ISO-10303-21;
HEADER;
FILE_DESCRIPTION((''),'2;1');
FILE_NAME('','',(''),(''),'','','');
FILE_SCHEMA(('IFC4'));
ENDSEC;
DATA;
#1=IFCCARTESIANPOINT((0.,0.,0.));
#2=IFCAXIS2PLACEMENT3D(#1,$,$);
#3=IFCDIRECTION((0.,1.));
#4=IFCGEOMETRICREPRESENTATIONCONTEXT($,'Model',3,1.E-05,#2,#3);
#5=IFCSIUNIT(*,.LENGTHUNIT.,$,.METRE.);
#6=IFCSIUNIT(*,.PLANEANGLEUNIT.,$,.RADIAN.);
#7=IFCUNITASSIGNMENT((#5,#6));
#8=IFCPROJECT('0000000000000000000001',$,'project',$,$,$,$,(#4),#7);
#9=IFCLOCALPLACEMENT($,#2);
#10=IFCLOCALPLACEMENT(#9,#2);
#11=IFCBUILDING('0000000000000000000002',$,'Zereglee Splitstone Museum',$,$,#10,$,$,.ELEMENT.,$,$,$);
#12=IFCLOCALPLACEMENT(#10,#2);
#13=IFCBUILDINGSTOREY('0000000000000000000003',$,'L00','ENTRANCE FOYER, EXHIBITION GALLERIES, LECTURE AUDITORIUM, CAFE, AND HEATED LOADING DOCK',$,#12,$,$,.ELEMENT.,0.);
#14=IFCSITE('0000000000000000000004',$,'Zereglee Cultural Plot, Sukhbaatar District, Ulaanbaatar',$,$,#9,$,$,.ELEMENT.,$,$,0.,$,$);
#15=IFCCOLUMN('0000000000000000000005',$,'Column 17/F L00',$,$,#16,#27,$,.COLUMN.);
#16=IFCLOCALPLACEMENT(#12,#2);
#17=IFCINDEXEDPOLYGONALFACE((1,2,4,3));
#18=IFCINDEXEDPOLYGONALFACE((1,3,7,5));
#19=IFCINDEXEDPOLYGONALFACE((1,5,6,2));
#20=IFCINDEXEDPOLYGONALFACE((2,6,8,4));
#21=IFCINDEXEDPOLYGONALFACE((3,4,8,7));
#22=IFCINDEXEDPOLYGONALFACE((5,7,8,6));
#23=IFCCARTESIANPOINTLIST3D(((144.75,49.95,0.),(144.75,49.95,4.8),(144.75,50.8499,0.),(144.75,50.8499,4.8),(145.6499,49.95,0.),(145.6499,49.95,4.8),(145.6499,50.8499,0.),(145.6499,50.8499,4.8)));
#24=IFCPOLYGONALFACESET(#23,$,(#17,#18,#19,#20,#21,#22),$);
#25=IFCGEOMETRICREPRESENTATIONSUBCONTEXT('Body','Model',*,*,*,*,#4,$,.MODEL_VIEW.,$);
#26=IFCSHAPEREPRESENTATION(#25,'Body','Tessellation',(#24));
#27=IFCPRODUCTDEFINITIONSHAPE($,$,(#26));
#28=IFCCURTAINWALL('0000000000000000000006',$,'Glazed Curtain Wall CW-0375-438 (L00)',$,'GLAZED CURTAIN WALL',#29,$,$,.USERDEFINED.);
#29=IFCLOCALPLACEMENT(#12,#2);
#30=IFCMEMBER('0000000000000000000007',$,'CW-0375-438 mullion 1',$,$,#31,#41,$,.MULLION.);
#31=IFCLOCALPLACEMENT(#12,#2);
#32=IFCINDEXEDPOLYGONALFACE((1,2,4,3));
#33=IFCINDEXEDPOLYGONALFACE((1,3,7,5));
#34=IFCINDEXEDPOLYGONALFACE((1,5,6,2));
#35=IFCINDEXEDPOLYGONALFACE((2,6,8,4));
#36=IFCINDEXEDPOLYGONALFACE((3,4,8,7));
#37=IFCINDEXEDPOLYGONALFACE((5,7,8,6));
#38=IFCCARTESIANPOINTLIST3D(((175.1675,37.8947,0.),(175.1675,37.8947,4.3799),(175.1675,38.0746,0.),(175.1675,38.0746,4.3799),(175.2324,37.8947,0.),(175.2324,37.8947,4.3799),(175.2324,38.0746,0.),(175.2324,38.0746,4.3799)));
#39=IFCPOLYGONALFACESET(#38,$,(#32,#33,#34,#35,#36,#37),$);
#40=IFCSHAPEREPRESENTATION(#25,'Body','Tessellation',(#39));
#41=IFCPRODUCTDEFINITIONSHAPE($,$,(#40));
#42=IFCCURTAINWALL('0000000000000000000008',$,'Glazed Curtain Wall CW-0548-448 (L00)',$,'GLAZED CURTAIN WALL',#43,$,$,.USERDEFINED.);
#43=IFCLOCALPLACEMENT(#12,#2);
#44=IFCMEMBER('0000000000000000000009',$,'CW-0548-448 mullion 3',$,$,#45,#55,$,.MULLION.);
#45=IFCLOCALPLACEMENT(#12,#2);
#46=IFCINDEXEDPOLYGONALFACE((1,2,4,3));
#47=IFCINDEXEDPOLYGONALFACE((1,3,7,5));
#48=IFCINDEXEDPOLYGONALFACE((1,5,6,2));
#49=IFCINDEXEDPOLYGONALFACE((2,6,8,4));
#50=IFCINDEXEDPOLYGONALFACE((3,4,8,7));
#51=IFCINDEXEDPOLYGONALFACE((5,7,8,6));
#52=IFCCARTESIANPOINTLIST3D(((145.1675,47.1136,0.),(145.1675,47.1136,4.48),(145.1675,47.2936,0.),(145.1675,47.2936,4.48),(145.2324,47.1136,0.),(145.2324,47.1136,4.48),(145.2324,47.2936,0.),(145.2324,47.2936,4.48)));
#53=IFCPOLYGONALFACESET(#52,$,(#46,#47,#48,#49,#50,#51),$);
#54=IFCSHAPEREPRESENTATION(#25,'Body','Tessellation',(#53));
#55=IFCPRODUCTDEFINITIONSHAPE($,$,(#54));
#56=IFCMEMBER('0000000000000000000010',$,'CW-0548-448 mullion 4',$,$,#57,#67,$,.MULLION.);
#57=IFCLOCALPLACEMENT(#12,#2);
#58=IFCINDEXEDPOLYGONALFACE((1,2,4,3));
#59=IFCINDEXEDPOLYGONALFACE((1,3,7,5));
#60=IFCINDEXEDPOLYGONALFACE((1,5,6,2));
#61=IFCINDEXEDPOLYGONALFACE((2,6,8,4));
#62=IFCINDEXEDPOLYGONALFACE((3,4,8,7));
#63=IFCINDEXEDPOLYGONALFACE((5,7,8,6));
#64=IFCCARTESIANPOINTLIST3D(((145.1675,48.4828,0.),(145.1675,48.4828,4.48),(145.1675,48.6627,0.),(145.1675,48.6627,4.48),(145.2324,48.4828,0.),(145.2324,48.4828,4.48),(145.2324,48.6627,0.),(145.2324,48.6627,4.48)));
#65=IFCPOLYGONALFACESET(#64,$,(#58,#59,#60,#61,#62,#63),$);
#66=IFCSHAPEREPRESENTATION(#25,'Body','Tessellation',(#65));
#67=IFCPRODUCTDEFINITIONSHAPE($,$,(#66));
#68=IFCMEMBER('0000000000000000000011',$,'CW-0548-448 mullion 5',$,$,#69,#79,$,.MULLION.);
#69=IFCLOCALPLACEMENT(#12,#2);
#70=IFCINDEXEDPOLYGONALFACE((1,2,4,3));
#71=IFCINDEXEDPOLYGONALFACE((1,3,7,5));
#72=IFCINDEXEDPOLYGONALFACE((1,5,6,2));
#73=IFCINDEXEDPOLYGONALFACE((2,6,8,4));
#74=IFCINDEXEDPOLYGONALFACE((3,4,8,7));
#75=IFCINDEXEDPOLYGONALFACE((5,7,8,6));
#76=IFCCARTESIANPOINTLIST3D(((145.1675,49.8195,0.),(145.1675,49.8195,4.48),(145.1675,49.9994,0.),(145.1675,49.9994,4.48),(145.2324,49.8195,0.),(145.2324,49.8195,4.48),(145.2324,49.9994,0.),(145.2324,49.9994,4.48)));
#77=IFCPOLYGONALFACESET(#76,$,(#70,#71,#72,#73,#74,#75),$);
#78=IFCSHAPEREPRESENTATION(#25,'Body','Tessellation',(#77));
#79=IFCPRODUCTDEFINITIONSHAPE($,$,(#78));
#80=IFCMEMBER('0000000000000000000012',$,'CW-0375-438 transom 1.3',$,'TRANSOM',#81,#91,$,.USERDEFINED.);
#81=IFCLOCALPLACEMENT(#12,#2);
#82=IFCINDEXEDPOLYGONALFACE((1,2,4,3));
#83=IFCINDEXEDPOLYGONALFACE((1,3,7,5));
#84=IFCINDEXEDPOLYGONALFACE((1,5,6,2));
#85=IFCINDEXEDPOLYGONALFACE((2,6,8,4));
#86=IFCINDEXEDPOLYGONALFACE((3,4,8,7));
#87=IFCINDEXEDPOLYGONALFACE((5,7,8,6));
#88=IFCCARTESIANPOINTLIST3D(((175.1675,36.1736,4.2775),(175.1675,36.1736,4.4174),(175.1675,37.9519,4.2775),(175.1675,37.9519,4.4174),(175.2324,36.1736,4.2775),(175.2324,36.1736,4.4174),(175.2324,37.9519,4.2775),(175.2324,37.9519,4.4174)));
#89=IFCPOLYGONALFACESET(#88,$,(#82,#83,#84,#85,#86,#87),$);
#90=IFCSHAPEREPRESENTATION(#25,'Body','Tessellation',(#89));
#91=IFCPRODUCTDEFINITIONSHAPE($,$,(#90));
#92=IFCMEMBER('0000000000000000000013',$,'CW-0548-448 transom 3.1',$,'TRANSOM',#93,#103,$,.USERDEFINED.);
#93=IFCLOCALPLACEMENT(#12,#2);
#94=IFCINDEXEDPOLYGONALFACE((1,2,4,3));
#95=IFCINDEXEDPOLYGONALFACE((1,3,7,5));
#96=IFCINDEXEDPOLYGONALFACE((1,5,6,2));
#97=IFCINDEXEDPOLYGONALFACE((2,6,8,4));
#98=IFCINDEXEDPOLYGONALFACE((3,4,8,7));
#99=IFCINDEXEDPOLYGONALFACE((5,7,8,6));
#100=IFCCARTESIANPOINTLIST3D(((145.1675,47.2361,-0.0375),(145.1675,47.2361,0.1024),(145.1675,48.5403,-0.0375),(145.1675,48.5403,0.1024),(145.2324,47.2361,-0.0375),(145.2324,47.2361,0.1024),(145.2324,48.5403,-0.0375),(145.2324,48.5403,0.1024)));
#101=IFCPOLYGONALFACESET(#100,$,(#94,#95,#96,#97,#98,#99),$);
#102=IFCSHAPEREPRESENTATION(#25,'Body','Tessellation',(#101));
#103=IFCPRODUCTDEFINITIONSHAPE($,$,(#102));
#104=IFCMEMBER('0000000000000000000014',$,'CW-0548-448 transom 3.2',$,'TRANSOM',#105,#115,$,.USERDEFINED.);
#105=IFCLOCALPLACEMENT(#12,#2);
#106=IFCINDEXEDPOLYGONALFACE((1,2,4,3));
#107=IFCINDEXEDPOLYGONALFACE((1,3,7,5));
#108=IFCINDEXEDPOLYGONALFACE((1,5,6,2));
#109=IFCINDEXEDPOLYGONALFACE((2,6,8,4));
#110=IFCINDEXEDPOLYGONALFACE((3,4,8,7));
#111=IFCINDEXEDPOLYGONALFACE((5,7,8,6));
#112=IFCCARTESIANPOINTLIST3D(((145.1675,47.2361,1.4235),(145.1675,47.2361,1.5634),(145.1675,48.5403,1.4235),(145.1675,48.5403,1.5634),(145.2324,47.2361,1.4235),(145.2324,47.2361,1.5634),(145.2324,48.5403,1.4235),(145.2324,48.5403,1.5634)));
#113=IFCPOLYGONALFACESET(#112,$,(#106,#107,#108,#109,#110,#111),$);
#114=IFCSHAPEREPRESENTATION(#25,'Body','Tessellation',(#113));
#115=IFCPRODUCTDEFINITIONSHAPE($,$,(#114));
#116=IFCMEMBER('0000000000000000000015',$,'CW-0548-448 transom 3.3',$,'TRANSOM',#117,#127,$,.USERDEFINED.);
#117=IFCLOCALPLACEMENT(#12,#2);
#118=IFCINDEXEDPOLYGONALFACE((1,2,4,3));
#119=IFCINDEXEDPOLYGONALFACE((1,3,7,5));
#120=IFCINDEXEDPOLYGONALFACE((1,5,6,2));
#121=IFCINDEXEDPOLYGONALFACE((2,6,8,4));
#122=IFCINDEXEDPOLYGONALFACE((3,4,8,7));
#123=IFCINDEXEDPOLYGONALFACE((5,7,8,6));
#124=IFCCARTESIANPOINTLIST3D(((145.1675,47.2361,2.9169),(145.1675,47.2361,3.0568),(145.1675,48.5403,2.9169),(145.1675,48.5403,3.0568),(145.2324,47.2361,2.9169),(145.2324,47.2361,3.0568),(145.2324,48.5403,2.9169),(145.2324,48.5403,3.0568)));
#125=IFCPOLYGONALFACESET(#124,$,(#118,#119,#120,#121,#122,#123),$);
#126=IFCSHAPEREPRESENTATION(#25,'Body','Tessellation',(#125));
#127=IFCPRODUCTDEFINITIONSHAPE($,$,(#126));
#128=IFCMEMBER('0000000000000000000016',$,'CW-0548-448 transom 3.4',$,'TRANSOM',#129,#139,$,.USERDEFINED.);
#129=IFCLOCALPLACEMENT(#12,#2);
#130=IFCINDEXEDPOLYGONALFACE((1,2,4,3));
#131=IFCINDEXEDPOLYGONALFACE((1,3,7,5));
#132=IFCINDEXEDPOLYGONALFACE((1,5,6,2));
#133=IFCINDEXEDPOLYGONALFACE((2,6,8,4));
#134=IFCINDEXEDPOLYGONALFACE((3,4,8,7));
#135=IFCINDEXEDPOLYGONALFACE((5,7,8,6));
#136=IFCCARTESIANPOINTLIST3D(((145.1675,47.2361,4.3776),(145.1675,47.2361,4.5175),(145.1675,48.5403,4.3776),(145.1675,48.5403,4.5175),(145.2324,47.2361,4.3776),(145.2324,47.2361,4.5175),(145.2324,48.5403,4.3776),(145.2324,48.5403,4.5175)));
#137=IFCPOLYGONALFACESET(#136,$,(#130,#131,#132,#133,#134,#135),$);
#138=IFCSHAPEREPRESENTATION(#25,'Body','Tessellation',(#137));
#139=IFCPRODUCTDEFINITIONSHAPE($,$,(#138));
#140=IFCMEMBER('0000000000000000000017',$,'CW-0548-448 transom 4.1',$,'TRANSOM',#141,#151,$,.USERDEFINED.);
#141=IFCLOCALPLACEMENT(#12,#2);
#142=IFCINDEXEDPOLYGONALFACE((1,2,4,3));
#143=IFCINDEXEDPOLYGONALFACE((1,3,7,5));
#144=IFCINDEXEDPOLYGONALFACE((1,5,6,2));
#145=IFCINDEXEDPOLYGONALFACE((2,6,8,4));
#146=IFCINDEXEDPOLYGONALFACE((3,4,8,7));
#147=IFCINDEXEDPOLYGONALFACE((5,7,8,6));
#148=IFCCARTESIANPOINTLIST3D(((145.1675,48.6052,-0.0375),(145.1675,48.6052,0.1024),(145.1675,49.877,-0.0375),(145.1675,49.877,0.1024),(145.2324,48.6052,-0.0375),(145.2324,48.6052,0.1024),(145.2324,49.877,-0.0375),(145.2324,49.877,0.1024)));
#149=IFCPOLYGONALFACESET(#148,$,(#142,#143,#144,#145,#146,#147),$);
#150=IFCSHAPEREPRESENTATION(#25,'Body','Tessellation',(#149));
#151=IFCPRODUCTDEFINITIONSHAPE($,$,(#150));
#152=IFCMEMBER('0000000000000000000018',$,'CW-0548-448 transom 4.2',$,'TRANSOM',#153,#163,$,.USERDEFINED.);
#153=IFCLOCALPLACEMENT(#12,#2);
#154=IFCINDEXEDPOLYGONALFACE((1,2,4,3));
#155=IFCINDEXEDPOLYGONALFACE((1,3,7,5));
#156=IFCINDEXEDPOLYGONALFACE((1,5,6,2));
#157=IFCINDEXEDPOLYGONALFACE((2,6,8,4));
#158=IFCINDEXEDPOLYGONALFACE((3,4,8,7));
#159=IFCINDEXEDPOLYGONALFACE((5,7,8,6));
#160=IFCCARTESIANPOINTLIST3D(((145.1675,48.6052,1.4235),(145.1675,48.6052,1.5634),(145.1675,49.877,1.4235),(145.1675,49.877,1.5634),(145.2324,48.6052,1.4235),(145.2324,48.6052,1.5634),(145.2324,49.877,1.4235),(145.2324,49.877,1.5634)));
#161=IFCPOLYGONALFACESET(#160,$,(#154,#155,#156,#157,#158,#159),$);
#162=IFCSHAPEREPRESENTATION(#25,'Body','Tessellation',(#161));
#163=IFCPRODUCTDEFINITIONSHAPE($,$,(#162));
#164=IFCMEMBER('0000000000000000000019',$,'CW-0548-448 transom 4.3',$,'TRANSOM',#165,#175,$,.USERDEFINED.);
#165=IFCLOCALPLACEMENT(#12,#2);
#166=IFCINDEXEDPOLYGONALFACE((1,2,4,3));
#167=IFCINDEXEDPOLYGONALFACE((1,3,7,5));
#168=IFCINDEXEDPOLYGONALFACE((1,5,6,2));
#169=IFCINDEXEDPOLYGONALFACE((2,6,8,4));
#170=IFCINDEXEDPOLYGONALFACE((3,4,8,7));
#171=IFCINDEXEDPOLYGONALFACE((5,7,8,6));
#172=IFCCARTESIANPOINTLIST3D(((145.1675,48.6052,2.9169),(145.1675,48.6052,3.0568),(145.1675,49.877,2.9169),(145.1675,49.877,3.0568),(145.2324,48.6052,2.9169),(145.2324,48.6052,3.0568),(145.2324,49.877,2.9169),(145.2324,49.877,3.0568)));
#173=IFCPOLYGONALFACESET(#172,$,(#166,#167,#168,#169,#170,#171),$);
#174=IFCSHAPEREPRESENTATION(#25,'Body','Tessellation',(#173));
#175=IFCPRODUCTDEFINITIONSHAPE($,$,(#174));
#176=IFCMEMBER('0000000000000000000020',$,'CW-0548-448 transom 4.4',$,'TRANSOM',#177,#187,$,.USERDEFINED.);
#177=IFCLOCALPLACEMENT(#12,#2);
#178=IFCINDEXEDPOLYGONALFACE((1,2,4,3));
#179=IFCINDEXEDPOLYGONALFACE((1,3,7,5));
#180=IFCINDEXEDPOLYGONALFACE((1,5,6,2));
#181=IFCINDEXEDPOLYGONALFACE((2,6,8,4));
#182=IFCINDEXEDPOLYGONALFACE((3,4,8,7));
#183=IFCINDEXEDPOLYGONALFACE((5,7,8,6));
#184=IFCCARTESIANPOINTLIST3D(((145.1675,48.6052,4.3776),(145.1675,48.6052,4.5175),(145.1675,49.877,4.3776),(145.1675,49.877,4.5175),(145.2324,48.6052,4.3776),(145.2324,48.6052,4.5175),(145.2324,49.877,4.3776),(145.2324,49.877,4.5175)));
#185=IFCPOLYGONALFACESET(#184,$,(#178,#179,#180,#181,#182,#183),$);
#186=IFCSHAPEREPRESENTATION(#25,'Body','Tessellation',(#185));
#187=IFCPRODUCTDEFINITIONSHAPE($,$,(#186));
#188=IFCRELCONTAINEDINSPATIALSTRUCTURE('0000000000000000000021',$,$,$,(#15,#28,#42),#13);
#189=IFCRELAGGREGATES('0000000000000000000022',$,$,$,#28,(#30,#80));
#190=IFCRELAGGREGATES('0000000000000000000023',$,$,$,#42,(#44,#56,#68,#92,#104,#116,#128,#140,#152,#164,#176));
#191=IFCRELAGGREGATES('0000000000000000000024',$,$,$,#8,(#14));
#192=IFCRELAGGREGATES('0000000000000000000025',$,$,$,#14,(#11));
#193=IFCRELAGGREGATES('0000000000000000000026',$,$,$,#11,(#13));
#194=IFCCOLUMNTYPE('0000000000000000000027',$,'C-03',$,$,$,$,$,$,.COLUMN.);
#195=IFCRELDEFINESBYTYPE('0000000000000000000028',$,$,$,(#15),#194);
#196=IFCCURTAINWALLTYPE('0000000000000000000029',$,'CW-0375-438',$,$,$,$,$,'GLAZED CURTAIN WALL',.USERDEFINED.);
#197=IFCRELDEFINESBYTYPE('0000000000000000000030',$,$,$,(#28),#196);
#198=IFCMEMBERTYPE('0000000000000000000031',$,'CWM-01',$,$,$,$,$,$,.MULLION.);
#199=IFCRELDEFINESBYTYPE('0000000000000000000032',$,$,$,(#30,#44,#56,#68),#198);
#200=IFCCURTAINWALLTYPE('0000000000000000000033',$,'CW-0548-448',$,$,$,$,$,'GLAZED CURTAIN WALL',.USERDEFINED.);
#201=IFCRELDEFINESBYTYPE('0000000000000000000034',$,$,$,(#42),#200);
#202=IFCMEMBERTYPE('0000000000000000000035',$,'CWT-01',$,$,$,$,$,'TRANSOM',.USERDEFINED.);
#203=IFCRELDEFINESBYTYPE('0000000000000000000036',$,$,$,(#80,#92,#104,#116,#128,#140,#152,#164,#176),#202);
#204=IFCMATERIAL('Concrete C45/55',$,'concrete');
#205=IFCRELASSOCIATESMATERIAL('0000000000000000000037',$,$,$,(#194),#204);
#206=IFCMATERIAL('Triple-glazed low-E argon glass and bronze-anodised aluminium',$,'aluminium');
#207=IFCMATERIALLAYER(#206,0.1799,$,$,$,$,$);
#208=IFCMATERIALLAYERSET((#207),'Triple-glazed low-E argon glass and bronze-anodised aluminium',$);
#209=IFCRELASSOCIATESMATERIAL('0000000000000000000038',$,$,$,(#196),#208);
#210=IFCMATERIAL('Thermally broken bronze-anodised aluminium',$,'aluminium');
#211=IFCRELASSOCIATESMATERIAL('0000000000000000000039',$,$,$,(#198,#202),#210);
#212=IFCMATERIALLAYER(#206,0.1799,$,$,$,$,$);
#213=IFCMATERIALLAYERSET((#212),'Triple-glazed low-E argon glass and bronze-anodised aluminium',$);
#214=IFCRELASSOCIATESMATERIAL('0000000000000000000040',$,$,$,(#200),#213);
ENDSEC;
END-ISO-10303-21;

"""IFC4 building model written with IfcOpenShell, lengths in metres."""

from ifc_helpers import new_model, si_unit, direction, frame, origin, origin_2d, place, context, subcontext, project, spatial, rectangle, extrude, material, layer, layer_set, material_profile, profile_set, type_object, element, aggregate, save


model = new_model("IFC4")

# Units and contexts
model_context = context("Model", 3, precision=1e-05, world=origin(), true_north=direction((0.0, 1.0)))
body_context = subcontext(model_context, "Body", "Model", "MODEL_VIEW")
ifc_project = project(units=[si_unit("LENGTHUNIT", "METRE"), si_unit("PLANEANGLEUNIT", "RADIAN")], contexts=[model_context])

# Site, building, storey
site_placement = place(None, origin())
site = spatial("IfcSite", under=ifc_project, at=site_placement, Name="Zereglee Cultural Plot, Sukhbaatar District, Ulaanbaatar", CompositionType="ELEMENT", RefElevation=0.0)
building_placement = place(site_placement, origin())
building = spatial("IfcBuilding", under=site, at=building_placement, Name="Zereglee Splitstone Museum", CompositionType="ELEMENT")
storey_placement = place(building_placement, origin())
storey = spatial("IfcBuildingStorey", under=building, at=storey_placement, Name="L00", Description="ENTRANCE FOYER, EXHIBITION GALLERIES, LECTURE AUDITORIUM, CAFE, AND HEATED LOADING DOCK", CompositionType="ELEMENT", Elevation=0.0)

# Column
ifc_material_1 = material(Name="Concrete C45/55", Category="concrete")
ifc_material_profile_1 = material_profile(ifc_material_1, rectangle(XDim=0.8999, YDim=0.8999, at=origin_2d()), Name="RC 900x900")
ifc_profile_set_1 = profile_set([ifc_material_profile_1], Name="Concrete C45/55")
column_type = type_object("IfcColumnType", Name="C-03", PredefinedType="COLUMN", material=ifc_profile_set_1)
column_placement = place(storey_placement, frame((145.2, 50.3999, 0.0), z_axis=(0.0, 0.0, 1.0), x_axis=(1.0, 0.0, 0.0)))
element("IfcColumn", 1, at=column_placement, inside=storey, type_object=column_type, Name="Column 17/F L00", PredefinedType="COLUMN", context=body_context, shape_type="SweptSolid", body=[
    extrude(rectangle(XDim=0.8999, YDim=0.8999, at=origin_2d()), origin(), (0.0, 0.0, 1.0), 4.8),
])

# Curtain wall, member
ifc_material_2 = material(Name="Triple-glazed low-E argon glass and bronze-anodised aluminium", Category="aluminium")
ifc_layer_1 = layer(ifc_material_2, 0.1799)
ifc_layer_set_1 = layer_set([ifc_layer_1], Name="Triple-glazed low-E argon glass and bronze-anodised aluminium")
curtain_wall_type_1 = type_object("IfcCurtainWallType", Name="CW-0375-438", ElementType="GLAZED CURTAIN WALL", PredefinedType="USERDEFINED", material=ifc_layer_set_1)
curtain_wall_1_placement = place(storey_placement, origin())
curtain_wall_1 = element("IfcCurtainWall", 2, at=curtain_wall_1_placement, inside=storey, type_object=curtain_wall_type_1, Name="Glazed Curtain Wall CW-0375-438 (L00)", ObjectType="GLAZED CURTAIN WALL", PredefinedType="USERDEFINED")
ifc_material_3 = material(Name="Thermally broken bronze-anodised aluminium", Category="aluminium")
ifc_material_profile_2 = material_profile(ifc_material_3, rectangle(XDim=0.0649, YDim=0.1799, at=origin_2d()), Name="CW MULL 65x180")
ifc_profile_set_2 = profile_set([ifc_material_profile_2], Name="Thermally broken bronze-anodised aluminium")
member_type_1 = type_object("IfcMemberType", Name="CWM-01", PredefinedType="MULLION", material=ifc_profile_set_2)
member_1_placement = place(storey_placement, frame((175.2, 37.9846, 0.0), z_axis=(0.0, 0.0, 1.0), x_axis=(1.0, 0.0, 0.0)))
member_1 = element("IfcMember", 3, at=member_1_placement, type_object=member_type_1, Name="CW-0375-438 mullion 1", PredefinedType="MULLION", context=body_context, shape_type="SweptSolid", body=[
    extrude(rectangle(XDim=0.0649, YDim=0.1799, at=origin_2d()), origin(), (0.0, 0.0, 1.0), 4.3799),
])

# Curtain wall, members
ifc_layer_2 = layer(ifc_material_2, 0.1799)
ifc_layer_set_2 = layer_set([ifc_layer_2], Name="Triple-glazed low-E argon glass and bronze-anodised aluminium")
curtain_wall_type_2 = type_object("IfcCurtainWallType", Name="CW-0548-448", ElementType="GLAZED CURTAIN WALL", PredefinedType="USERDEFINED", material=ifc_layer_set_2)
curtain_wall_2_placement = place(storey_placement, origin())
curtain_wall_2 = element("IfcCurtainWall", 4, at=curtain_wall_2_placement, inside=storey, type_object=curtain_wall_type_2, Name="Glazed Curtain Wall CW-0548-448 (L00)", ObjectType="GLAZED CURTAIN WALL", PredefinedType="USERDEFINED")
member_2_placement = place(storey_placement, frame((145.2, 47.2036, 0.0), z_axis=(0.0, 0.0, 1.0), x_axis=(-1.0, 0.0, 0.0)))
member_2 = element("IfcMember", 5, at=member_2_placement, type_object=member_type_1, Name="CW-0548-448 mullion 3", PredefinedType="MULLION", context=body_context, shape_type="SweptSolid", body=[
    extrude(rectangle(XDim=0.0649, YDim=0.1799, at=origin_2d()), origin(), (0.0, 0.0, 1.0), 4.48),
])
member_3_placement = place(storey_placement, frame((145.2, 48.5728, 0.0), z_axis=(0.0, 0.0, 1.0), x_axis=(-1.0, 0.0, 0.0)))
member_3 = element("IfcMember", 6, at=member_3_placement, type_object=member_type_1, Name="CW-0548-448 mullion 4", PredefinedType="MULLION", context=body_context, shape_type="SweptSolid", body=[
    extrude(rectangle(XDim=0.0649, YDim=0.1799, at=origin_2d()), origin(), (0.0, 0.0, 1.0), 4.48),
])
member_4_placement = place(storey_placement, frame((145.2, 49.9094, 0.0), z_axis=(0.0, 0.0, 1.0), x_axis=(-1.0, 0.0, 0.0)))
member_4 = element("IfcMember", 7, at=member_4_placement, type_object=member_type_1, Name="CW-0548-448 mullion 5", PredefinedType="MULLION", context=body_context, shape_type="SweptSolid", body=[
    extrude(rectangle(XDim=0.0649, YDim=0.1799, at=origin_2d()), origin(), (0.0, 0.0, 1.0), 4.48),
])

# Members
ifc_material_profile_3 = material_profile(ifc_material_3, rectangle(XDim=0.0649, YDim=0.1399, at=origin_2d()), Name="CW TRAN 65x140")
ifc_profile_set_3 = profile_set([ifc_material_profile_3], Name="Thermally broken bronze-anodised aluminium")
member_type_2 = type_object("IfcMemberType", Name="CWT-01", ElementType="TRANSOM", PredefinedType="USERDEFINED", material=ifc_profile_set_3)
member_5_placement = place(storey_placement, frame((175.2, 37.9519, 4.3474), z_axis=(0.0, -1.0, 0.0), x_axis=(1.0, 0.0, 0.0)))
member_5 = element("IfcMember", 8, at=member_5_placement, type_object=member_type_2, Name="CW-0375-438 transom 1.3", ObjectType="TRANSOM", PredefinedType="USERDEFINED", context=body_context, shape_type="SweptSolid", body=[
    extrude(rectangle(XDim=0.0649, YDim=0.1399, at=origin_2d()), origin(), (0.0, 0.0, 1.0), 1.7783),
])
aggregate(curtain_wall_1, [member_1, member_5])
member_6_placement = place(storey_placement, frame((145.2, 47.2361, 0.0325), z_axis=(0.0, 1.0, 0.0), x_axis=(-1.0, 0.0, 0.0)))
member_6 = element("IfcMember", 9, at=member_6_placement, type_object=member_type_2, Name="CW-0548-448 transom 3.1", ObjectType="TRANSOM", PredefinedType="USERDEFINED", context=body_context, shape_type="SweptSolid", body=[
    extrude(rectangle(XDim=0.0649, YDim=0.1399, at=origin_2d()), origin(), (0.0, 0.0, 1.0), 1.3042),
])
member_7_placement = place(storey_placement, frame((145.2, 47.2361, 1.4934), z_axis=(0.0, 1.0, 0.0), x_axis=(-1.0, 0.0, 0.0)))
member_7 = element("IfcMember", 10, at=member_7_placement, type_object=member_type_2, Name="CW-0548-448 transom 3.2", ObjectType="TRANSOM", PredefinedType="USERDEFINED", context=body_context, shape_type="SweptSolid", body=[
    extrude(rectangle(XDim=0.0649, YDim=0.1399, at=origin_2d()), origin(), (0.0, 0.0, 1.0), 1.3042),
])
member_8_placement = place(storey_placement, frame((145.2, 47.2361, 2.9868), z_axis=(0.0, 1.0, 0.0), x_axis=(-1.0, 0.0, 0.0)))
member_8 = element("IfcMember", 11, at=member_8_placement, type_object=member_type_2, Name="CW-0548-448 transom 3.3", ObjectType="TRANSOM", PredefinedType="USERDEFINED", context=body_context, shape_type="SweptSolid", body=[
    extrude(rectangle(XDim=0.0649, YDim=0.1399, at=origin_2d()), origin(), (0.0, 0.0, 1.0), 1.3042),
])
member_9_placement = place(storey_placement, frame((145.2, 47.2361, 4.4475), z_axis=(0.0, 1.0, 0.0), x_axis=(-1.0, 0.0, 0.0)))
member_9 = element("IfcMember", 12, at=member_9_placement, type_object=member_type_2, Name="CW-0548-448 transom 3.4", ObjectType="TRANSOM", PredefinedType="USERDEFINED", context=body_context, shape_type="SweptSolid", body=[
    extrude(rectangle(XDim=0.0649, YDim=0.1399, at=origin_2d()), origin(), (0.0, 0.0, 1.0), 1.3042),
])
member_10_placement = place(storey_placement, frame((145.2, 48.6052, 0.0325), z_axis=(0.0, 1.0, 0.0), x_axis=(-1.0, 0.0, 0.0)))
member_10 = element("IfcMember", 13, at=member_10_placement, type_object=member_type_2, Name="CW-0548-448 transom 4.1", ObjectType="TRANSOM", PredefinedType="USERDEFINED", context=body_context, shape_type="SweptSolid", body=[
    extrude(rectangle(XDim=0.0649, YDim=0.1399, at=origin_2d()), origin(), (0.0, 0.0, 1.0), 1.2717),
])
member_11_placement = place(storey_placement, frame((145.2, 48.6052, 1.4934), z_axis=(0.0, 1.0, 0.0), x_axis=(-1.0, 0.0, 0.0)))
member_11 = element("IfcMember", 14, at=member_11_placement, type_object=member_type_2, Name="CW-0548-448 transom 4.2", ObjectType="TRANSOM", PredefinedType="USERDEFINED", context=body_context, shape_type="SweptSolid", body=[
    extrude(rectangle(XDim=0.0649, YDim=0.1399, at=origin_2d()), origin(), (0.0, 0.0, 1.0), 1.2717),
])
member_12_placement = place(storey_placement, frame((145.2, 48.6052, 2.9868), z_axis=(0.0, 1.0, 0.0), x_axis=(-1.0, 0.0, 0.0)))
member_12 = element("IfcMember", 15, at=member_12_placement, type_object=member_type_2, Name="CW-0548-448 transom 4.3", ObjectType="TRANSOM", PredefinedType="USERDEFINED", context=body_context, shape_type="SweptSolid", body=[
    extrude(rectangle(XDim=0.0649, YDim=0.1399, at=origin_2d()), origin(), (0.0, 0.0, 1.0), 1.2717),
])
member_13_placement = place(storey_placement, frame((145.2, 48.6052, 4.4475), z_axis=(0.0, 1.0, 0.0), x_axis=(-1.0, 0.0, 0.0)))
member_13 = element("IfcMember", 16, at=member_13_placement, type_object=member_type_2, Name="CW-0548-448 transom 4.4", ObjectType="TRANSOM", PredefinedType="USERDEFINED", context=body_context, shape_type="SweptSolid", body=[
    extrude(rectangle(XDim=0.0649, YDim=0.1399, at=origin_2d()), origin(), (0.0, 0.0, 1.0), 1.2717),
])

aggregate(curtain_wall_2, [member_2, member_3, member_4, member_6, member_7, member_8, member_9, member_10, member_11, member_12, member_13])

save(model, "model.ifc")
